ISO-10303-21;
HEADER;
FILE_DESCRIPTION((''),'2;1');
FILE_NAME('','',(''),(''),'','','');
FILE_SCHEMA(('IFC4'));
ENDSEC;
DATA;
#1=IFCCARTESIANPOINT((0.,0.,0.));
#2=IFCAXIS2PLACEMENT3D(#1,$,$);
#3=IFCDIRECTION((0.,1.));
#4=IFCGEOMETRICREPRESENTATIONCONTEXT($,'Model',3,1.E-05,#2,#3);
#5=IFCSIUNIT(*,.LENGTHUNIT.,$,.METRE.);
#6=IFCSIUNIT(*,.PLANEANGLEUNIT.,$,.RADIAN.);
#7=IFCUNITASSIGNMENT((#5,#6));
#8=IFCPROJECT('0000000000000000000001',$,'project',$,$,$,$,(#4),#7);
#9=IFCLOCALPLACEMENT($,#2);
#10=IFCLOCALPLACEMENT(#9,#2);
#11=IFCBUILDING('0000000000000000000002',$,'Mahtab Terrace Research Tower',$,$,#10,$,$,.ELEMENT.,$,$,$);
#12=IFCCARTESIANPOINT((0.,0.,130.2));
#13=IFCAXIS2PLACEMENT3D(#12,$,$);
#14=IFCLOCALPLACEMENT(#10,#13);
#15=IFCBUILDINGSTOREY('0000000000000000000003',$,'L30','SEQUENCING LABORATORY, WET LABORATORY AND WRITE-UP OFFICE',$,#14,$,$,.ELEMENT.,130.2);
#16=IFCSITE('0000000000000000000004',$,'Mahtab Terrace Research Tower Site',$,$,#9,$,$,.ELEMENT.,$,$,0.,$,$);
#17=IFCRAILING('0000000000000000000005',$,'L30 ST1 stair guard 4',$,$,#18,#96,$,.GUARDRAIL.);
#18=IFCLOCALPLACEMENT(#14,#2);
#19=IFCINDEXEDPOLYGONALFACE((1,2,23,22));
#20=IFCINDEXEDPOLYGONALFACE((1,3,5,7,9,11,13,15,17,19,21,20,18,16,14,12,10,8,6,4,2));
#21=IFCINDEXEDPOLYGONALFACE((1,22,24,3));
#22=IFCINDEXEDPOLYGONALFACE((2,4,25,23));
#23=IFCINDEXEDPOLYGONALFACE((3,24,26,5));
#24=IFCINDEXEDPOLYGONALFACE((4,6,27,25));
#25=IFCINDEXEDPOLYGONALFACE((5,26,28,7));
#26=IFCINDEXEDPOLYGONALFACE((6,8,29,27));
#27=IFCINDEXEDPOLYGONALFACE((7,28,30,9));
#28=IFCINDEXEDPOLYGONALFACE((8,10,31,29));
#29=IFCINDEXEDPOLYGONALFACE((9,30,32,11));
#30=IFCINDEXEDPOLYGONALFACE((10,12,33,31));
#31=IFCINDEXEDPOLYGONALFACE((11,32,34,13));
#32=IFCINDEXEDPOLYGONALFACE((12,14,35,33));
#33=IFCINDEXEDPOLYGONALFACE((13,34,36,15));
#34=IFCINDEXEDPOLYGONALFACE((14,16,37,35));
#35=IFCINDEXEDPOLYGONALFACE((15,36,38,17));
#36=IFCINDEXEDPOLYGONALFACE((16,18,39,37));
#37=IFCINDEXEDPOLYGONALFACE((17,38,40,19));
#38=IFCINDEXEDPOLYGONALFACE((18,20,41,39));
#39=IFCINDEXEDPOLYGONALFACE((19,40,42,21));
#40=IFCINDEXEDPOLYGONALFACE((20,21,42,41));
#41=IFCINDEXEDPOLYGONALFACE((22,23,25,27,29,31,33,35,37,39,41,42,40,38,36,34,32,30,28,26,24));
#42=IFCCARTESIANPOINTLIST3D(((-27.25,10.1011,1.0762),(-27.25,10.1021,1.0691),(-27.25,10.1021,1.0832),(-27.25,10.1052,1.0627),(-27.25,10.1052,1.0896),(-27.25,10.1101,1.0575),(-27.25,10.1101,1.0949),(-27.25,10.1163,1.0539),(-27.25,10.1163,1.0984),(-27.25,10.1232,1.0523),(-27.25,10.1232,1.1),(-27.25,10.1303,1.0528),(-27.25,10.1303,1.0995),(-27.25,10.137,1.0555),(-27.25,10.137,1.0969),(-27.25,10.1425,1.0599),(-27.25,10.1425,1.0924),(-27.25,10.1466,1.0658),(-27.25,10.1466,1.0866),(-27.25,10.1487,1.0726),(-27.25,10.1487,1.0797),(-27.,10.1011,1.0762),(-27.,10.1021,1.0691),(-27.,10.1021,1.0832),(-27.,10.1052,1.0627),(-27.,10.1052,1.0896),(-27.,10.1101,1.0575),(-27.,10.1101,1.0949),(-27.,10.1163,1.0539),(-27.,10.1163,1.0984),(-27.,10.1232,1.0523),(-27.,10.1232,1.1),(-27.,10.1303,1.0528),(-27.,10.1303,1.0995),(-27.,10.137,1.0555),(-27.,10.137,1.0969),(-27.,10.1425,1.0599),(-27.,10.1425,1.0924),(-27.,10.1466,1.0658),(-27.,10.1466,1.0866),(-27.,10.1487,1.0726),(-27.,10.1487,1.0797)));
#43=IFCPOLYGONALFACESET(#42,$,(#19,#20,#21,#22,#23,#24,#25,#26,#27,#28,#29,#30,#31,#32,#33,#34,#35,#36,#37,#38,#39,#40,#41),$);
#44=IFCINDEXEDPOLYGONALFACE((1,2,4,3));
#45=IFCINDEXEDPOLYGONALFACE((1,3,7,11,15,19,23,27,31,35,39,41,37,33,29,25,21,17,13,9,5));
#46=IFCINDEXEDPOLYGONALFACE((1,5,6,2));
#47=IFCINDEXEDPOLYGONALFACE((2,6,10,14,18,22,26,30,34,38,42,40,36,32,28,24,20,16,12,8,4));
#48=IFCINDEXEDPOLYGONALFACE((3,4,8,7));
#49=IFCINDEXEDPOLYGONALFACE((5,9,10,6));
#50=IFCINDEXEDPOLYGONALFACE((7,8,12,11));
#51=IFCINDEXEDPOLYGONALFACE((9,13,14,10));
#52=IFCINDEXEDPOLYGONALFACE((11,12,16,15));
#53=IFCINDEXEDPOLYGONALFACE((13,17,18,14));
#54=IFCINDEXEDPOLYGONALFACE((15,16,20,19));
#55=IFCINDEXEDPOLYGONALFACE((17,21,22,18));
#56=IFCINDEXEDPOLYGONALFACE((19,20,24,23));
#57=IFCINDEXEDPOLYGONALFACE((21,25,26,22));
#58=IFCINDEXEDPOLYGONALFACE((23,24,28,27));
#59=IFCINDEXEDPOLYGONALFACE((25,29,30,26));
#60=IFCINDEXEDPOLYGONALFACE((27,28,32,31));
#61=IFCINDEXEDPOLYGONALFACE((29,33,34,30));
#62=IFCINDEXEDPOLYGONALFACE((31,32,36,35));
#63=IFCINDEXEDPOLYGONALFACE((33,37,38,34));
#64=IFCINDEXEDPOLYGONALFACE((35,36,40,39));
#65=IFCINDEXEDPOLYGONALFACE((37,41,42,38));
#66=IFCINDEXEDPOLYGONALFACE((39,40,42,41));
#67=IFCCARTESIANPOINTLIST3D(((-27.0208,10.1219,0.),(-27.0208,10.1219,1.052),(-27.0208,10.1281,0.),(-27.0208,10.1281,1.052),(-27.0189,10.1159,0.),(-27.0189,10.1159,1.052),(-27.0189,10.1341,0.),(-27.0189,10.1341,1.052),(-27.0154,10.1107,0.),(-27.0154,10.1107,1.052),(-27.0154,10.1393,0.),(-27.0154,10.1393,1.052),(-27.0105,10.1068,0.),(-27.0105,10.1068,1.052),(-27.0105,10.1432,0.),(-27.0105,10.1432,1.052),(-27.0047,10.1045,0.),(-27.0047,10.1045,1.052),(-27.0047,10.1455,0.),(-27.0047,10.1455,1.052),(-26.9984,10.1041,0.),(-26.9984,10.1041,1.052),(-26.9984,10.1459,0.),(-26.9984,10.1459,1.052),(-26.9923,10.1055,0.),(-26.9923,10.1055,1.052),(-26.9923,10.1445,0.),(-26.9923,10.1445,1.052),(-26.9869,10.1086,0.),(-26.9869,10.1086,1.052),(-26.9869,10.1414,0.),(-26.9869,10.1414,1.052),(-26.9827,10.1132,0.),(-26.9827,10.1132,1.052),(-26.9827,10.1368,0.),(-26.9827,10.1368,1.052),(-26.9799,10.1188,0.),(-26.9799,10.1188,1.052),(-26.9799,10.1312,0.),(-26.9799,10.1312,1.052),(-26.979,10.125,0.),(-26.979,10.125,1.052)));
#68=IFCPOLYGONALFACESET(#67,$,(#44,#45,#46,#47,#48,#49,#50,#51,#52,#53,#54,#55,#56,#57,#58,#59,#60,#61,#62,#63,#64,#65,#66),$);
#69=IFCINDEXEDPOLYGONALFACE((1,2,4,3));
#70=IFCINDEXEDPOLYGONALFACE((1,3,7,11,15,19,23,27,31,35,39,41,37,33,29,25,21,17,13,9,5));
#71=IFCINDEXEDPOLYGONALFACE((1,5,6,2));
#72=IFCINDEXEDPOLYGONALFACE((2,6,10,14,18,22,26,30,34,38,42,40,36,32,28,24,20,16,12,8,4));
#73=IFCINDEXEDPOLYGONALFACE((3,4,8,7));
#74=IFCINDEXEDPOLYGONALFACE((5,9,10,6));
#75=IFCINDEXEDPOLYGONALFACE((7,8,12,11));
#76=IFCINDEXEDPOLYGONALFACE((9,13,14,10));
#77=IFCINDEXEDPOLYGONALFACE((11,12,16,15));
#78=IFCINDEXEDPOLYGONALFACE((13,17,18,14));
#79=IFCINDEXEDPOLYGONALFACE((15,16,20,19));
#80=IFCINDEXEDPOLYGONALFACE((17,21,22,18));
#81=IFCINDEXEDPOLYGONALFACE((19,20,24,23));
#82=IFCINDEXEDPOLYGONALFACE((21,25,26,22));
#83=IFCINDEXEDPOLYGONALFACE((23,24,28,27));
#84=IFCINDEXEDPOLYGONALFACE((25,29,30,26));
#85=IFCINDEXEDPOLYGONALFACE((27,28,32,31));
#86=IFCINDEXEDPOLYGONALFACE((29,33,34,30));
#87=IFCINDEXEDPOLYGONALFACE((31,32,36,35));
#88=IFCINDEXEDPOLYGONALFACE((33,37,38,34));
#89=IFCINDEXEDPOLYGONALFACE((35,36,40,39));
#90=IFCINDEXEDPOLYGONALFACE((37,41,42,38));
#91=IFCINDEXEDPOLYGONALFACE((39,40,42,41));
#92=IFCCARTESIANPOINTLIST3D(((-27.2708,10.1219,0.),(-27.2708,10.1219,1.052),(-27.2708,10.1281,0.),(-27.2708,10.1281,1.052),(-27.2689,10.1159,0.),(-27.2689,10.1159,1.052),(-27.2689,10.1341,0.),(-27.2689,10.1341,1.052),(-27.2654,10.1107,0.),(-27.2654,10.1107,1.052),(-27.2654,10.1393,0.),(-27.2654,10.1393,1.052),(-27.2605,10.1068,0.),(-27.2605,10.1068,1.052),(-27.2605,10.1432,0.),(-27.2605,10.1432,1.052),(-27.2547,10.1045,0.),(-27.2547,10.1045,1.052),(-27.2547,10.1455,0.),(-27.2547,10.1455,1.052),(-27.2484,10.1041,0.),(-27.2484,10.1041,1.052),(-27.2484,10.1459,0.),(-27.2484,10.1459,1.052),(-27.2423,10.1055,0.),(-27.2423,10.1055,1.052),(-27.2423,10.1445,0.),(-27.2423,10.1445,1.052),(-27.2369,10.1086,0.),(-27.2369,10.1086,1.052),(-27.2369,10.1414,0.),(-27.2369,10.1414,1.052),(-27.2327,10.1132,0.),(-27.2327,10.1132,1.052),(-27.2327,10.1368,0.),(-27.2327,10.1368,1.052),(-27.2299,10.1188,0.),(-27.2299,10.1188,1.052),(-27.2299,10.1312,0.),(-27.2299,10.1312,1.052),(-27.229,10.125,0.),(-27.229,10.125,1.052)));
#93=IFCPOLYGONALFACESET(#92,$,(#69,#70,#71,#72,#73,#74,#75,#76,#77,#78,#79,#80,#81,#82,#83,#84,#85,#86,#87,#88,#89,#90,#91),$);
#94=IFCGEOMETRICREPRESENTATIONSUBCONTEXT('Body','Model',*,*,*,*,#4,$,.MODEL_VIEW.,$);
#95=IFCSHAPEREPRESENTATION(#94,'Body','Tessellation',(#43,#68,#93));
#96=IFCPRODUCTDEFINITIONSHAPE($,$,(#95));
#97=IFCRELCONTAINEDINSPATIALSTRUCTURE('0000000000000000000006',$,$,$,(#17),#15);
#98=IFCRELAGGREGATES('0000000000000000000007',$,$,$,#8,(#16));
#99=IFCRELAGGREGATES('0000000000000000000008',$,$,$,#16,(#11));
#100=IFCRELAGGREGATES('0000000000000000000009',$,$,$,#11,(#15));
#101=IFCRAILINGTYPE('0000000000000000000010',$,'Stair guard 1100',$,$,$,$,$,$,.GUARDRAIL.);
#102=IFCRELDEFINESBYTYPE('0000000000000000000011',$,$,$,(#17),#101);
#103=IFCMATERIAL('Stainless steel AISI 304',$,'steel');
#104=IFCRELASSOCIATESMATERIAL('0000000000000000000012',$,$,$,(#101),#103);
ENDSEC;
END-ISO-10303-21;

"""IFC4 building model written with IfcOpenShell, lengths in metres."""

from ifc_helpers import new_model, si_unit, direction, frame, origin, origin_2d, place, context, subcontext, project, spatial, circle, extrude, material, type_object, element, save


model = new_model("IFC4")

# Units and contexts
model_context = context("Model", 3, precision=1e-05, world=origin(), true_north=direction((0.0, 1.0)))
body_context = subcontext(model_context, "Body", "Model", "MODEL_VIEW")
ifc_project = project(units=[si_unit("LENGTHUNIT", "METRE"), si_unit("PLANEANGLEUNIT", "RADIAN")], contexts=[model_context])

# Site, building, storey
site_placement = place(None, origin())
site = spatial("IfcSite", under=ifc_project, at=site_placement, Name="Mahtab Terrace Research Tower Site", CompositionType="ELEMENT", RefElevation=0.0)
building_placement = place(site_placement, origin())
building = spatial("IfcBuilding", under=site, at=building_placement, Name="Mahtab Terrace Research Tower", CompositionType="ELEMENT")
storey_placement = place(building_placement, frame((0.0, 0.0, 130.2)))
storey = spatial("IfcBuildingStorey", under=building, at=storey_placement, Name="L30", Description="SEQUENCING LABORATORY, WET LABORATORY AND WRITE-UP OFFICE", CompositionType="ELEMENT", Elevation=130.2)

# Railing
ifc_material_1 = material(Name="Stainless steel AISI 304", Category="steel")
railing_type_1 = type_object("IfcRailingType", Name="Stair guard 1100", PredefinedType="GUARDRAIL", material=ifc_material_1)
railing_1_placement = place(storey_placement, frame((-27.0, 10.125, 0.0)))
element("IfcRailing", 1, at=railing_1_placement, inside=storey, type_object=railing_type_1, Name="L30 ST1 stair guard 4", PredefinedType="GUARDRAIL", context=body_context, shape_type="SweptSolid", body=[
    extrude(circle(Radius=0.0239, at=origin_2d()), frame((0.0, 0.0, 1.0762), z_axis=(-1.0, 0.0, 0.0), x_axis=(0.0, -1.0, 0.0)), (0.0, 0.0, 1.0), 0.25),
    extrude(circle(Radius=0.021, at=origin_2d()), origin(), (0.0, 0.0, 1.0), 1.052),
    extrude(circle(Radius=0.021, at=origin_2d()), frame((-0.25, 0.0, 0.0)), (0.0, 0.0, 1.0), 1.052),
])

save(model, "model.ifc")
